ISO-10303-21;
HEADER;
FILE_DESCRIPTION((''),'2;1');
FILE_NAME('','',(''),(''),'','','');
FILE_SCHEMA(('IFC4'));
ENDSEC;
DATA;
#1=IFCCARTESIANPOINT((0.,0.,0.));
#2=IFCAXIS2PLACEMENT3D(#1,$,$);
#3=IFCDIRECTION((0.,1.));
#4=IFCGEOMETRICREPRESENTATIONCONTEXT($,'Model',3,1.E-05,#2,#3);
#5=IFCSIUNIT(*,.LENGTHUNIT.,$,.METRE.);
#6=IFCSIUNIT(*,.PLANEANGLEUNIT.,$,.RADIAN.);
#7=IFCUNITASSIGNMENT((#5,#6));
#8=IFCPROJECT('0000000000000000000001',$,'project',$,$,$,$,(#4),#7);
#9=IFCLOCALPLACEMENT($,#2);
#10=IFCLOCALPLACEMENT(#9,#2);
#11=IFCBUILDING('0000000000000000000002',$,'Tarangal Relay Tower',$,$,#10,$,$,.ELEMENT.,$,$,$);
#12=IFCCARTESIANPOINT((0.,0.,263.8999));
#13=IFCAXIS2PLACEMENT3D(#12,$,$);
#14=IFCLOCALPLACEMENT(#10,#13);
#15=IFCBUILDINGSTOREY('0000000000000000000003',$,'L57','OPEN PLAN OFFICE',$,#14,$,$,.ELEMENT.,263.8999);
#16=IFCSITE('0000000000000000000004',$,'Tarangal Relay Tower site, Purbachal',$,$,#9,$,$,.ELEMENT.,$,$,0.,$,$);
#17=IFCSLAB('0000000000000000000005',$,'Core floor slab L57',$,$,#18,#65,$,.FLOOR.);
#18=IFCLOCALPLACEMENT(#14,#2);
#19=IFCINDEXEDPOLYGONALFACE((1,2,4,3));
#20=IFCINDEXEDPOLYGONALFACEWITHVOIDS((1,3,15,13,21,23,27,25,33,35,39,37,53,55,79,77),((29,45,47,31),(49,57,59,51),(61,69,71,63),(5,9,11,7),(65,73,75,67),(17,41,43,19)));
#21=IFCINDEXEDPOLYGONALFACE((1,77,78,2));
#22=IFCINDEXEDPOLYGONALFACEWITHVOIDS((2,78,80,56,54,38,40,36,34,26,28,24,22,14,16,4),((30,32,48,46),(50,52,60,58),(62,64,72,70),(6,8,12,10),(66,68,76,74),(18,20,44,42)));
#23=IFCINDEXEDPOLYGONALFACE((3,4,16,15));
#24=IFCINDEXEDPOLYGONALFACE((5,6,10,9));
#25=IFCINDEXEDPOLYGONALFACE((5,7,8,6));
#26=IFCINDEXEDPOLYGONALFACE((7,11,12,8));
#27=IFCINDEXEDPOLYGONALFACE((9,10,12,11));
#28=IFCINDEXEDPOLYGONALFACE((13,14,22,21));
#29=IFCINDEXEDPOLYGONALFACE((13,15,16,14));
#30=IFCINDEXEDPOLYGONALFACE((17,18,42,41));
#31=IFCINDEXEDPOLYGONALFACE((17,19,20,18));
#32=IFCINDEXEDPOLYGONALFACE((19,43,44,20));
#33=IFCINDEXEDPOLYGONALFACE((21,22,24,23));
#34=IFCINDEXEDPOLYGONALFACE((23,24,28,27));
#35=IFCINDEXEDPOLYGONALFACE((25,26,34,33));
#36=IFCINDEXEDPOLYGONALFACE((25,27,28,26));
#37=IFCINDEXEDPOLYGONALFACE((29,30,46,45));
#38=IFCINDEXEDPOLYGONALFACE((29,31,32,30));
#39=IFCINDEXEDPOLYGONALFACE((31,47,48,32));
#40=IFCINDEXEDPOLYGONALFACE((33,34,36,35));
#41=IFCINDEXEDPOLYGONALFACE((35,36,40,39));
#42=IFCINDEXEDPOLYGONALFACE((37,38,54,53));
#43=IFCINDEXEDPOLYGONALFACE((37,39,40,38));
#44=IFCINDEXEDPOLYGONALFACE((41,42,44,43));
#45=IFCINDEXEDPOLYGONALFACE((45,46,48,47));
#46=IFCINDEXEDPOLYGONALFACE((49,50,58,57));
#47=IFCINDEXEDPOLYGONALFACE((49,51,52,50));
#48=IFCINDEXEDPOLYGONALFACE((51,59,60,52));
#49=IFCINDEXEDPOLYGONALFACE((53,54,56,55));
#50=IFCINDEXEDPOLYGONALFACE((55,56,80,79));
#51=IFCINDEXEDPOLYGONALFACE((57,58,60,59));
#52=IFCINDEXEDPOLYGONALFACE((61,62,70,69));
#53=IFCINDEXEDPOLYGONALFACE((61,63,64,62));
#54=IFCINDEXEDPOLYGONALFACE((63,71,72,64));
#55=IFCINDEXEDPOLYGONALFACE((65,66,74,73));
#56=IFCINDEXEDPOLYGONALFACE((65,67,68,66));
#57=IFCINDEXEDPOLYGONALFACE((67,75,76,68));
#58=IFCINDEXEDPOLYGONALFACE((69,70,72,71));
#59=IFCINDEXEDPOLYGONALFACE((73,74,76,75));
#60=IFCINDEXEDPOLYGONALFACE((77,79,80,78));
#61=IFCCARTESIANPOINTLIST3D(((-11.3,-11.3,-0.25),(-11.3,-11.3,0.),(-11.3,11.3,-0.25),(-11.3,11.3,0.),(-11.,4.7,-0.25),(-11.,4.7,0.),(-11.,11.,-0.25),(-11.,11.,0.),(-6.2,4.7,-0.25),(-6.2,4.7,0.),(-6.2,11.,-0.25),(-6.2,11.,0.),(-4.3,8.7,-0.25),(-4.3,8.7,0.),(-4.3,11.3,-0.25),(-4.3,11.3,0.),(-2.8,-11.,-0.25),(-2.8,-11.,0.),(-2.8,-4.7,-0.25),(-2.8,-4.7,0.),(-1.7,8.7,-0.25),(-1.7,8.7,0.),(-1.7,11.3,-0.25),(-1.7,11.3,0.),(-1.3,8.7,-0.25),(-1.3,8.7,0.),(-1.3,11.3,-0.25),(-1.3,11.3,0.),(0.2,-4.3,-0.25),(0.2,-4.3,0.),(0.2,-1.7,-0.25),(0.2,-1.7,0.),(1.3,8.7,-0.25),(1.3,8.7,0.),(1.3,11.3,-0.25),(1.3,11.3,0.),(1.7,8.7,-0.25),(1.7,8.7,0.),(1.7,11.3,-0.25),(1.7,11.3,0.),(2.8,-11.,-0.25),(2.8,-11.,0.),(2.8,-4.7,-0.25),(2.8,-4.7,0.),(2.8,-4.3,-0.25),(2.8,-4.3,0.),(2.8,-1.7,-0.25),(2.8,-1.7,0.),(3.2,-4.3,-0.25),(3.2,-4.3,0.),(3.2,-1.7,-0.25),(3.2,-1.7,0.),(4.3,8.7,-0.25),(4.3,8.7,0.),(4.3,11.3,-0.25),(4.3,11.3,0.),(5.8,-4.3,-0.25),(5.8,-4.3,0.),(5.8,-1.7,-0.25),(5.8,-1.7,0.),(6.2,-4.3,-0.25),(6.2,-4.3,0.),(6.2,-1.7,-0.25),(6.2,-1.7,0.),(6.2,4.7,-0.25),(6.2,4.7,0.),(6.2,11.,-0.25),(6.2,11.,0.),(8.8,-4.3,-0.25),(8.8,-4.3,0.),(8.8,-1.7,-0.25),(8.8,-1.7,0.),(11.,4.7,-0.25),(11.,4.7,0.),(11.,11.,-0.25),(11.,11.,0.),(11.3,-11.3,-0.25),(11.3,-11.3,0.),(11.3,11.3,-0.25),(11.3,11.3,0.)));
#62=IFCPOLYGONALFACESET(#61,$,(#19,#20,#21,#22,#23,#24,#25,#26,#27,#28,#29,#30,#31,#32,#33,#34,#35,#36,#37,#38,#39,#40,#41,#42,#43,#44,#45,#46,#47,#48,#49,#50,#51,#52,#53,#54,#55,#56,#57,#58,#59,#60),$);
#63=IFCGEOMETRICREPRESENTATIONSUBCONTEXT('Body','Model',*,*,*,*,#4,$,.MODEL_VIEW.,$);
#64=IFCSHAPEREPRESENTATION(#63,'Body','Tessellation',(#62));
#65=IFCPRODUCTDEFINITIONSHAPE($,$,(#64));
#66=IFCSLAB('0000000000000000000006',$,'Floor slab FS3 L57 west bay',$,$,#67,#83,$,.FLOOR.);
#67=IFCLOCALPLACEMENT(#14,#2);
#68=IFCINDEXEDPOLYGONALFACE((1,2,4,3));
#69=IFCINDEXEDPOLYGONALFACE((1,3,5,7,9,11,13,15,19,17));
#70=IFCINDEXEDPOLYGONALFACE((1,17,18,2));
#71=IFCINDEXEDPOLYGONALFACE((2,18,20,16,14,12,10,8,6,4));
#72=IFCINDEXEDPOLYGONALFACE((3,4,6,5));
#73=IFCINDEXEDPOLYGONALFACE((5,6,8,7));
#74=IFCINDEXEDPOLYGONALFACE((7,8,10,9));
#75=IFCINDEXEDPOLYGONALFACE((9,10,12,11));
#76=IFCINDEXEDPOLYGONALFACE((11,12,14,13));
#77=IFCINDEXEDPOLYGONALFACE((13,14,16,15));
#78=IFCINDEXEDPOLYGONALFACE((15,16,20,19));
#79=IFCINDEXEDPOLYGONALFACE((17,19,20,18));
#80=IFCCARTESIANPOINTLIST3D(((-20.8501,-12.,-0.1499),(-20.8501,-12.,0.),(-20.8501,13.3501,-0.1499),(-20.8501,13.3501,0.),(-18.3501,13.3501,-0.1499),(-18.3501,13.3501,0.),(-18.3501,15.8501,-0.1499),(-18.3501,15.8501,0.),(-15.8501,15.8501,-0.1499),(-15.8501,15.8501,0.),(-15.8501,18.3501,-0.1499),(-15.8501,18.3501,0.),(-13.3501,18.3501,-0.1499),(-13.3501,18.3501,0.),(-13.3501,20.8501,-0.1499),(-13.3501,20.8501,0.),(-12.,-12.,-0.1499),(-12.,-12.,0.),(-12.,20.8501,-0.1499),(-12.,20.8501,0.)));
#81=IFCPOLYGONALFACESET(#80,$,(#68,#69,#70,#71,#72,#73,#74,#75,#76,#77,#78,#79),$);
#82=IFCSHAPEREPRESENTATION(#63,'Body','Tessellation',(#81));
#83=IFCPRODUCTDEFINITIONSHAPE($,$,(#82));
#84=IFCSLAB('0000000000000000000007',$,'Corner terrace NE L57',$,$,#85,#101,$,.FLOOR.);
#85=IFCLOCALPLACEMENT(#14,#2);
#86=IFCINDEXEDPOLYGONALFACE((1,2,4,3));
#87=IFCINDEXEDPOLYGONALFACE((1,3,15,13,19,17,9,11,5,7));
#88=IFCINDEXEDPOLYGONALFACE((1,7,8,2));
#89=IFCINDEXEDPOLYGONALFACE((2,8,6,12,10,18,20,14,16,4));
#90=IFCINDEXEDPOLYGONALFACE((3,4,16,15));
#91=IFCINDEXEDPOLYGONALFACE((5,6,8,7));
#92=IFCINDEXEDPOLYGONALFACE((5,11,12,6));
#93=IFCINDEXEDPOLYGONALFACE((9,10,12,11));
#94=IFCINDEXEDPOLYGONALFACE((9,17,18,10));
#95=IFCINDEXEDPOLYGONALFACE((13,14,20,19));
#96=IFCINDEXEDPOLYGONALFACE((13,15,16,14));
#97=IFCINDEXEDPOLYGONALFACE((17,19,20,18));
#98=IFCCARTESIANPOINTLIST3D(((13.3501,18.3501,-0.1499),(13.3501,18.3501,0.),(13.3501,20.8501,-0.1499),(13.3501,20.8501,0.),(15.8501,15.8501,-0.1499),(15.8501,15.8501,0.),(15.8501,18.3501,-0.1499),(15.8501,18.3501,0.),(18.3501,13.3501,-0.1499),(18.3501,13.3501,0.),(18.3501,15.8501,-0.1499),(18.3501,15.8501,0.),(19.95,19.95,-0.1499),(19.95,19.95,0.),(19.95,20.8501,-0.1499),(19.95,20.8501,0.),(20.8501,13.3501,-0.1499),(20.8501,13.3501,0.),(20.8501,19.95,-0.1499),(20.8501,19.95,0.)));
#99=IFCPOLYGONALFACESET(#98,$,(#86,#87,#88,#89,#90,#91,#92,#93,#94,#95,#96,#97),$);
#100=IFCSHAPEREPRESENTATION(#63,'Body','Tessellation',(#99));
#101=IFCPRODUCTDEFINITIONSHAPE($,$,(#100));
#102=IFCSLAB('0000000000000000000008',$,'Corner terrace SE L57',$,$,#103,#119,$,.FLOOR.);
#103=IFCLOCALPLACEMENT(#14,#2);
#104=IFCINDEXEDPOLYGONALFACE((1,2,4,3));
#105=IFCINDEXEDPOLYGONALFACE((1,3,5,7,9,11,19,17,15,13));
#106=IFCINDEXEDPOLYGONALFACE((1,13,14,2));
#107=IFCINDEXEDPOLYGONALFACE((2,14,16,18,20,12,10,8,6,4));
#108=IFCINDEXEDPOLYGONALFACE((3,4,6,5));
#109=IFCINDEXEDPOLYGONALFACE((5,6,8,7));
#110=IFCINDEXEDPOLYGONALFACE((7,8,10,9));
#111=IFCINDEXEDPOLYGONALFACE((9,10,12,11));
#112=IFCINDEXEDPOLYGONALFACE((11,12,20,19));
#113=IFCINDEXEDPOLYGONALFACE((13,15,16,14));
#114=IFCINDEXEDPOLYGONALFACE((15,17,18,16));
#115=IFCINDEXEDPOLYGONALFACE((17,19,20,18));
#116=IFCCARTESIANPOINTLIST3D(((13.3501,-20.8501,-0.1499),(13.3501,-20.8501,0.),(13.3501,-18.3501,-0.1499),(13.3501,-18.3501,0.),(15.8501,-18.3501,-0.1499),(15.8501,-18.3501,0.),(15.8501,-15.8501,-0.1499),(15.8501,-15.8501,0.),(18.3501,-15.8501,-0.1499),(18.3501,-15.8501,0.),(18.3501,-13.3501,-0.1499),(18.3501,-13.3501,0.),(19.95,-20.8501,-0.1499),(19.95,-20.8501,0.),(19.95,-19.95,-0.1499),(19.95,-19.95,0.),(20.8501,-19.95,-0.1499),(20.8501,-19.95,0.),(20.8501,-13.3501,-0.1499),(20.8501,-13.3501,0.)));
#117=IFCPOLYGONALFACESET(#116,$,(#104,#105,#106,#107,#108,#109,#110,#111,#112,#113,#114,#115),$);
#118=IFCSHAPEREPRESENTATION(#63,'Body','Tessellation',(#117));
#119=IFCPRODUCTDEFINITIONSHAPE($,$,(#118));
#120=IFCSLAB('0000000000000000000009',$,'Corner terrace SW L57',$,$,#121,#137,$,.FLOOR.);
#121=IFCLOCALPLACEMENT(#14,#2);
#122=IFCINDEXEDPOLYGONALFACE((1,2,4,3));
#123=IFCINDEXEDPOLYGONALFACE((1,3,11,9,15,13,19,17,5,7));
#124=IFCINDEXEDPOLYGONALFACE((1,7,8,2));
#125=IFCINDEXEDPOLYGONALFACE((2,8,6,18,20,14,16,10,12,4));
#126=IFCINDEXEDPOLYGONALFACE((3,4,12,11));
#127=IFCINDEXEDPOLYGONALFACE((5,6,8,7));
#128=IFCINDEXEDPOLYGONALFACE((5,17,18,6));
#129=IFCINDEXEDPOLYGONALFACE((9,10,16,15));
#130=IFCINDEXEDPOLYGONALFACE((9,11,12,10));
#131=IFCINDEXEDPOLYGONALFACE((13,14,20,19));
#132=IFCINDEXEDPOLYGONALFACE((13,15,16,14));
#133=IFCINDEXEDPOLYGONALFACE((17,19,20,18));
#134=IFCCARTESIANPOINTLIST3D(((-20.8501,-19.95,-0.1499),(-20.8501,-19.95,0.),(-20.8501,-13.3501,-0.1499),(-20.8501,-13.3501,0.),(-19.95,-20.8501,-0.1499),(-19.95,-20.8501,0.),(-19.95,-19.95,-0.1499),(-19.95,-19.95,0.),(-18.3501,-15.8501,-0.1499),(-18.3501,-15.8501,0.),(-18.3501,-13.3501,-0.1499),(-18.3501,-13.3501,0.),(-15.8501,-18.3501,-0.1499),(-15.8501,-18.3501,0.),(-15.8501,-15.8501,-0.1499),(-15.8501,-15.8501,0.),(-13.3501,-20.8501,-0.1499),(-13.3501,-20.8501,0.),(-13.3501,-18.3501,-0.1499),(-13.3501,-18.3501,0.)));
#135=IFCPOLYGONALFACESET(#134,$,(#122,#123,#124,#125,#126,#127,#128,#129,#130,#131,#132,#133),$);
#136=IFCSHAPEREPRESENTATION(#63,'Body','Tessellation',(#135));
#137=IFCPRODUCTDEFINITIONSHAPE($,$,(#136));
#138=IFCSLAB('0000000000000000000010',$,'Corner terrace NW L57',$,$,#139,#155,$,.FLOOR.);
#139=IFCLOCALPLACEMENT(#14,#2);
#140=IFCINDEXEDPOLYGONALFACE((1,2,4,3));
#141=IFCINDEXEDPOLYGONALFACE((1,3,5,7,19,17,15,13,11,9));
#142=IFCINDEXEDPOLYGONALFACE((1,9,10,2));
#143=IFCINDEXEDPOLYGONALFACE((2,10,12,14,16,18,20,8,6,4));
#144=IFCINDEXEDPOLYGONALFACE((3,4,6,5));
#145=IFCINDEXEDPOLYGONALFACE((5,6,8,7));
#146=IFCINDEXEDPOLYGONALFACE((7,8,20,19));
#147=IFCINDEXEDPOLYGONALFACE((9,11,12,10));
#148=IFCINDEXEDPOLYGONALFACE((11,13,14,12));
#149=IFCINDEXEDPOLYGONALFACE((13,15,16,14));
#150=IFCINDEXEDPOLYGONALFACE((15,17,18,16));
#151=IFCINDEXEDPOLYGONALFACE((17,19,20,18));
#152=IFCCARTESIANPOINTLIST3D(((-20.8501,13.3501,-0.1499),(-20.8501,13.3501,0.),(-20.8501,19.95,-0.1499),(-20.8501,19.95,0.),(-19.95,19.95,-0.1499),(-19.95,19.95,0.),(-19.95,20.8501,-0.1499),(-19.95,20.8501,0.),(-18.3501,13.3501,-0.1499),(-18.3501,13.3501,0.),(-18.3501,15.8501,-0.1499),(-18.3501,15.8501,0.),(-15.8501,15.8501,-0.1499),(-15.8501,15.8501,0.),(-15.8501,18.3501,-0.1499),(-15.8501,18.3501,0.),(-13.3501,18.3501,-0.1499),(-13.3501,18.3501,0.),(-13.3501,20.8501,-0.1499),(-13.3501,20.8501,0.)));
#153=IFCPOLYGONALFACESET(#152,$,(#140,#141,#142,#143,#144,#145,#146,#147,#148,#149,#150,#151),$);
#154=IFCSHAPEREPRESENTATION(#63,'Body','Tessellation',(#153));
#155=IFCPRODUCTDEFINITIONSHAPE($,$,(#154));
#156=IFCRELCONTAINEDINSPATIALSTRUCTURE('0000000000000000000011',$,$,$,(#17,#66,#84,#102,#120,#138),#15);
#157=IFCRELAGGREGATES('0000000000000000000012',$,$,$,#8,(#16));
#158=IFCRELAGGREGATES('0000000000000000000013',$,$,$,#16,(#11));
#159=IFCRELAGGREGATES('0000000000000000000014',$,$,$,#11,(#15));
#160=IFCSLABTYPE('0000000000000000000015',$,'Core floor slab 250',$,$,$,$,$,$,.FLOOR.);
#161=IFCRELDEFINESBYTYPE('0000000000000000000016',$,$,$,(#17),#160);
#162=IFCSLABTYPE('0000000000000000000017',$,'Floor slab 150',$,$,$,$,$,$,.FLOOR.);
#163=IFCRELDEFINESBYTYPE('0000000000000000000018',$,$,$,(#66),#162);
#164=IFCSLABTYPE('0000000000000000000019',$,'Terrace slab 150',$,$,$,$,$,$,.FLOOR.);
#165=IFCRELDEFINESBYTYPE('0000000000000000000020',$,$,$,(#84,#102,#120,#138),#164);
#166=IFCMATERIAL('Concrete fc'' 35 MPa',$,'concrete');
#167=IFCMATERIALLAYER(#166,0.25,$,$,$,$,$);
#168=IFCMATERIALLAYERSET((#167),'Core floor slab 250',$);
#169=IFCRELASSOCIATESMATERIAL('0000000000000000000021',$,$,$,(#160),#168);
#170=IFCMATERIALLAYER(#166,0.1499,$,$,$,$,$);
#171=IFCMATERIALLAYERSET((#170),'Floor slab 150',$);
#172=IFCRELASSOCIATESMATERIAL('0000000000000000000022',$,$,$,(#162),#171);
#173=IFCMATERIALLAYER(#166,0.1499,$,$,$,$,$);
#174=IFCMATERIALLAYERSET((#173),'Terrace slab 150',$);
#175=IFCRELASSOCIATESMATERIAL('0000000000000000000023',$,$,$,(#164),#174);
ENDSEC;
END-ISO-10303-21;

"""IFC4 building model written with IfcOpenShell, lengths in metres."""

from ifc_helpers import new_model, si_unit, direction, frame, origin, place, context, subcontext, project, spatial, polyline, outline, extrude, material, layer, layer_set, type_object, element, save


model = new_model("IFC4")

# Units and contexts
model_context = context("Model", 3, precision=1e-05, world=origin(), true_north=direction((0.0, 1.0)))
body_context = subcontext(model_context, "Body", "Model", "MODEL_VIEW")
ifc_project = project(units=[si_unit("LENGTHUNIT", "METRE"), si_unit("PLANEANGLEUNIT", "RADIAN")], contexts=[model_context])

# Site, building, storey
site_placement = place(None, origin())
site = spatial("IfcSite", under=ifc_project, at=site_placement, Name="Tarangal Relay Tower site, Purbachal", CompositionType="ELEMENT", RefElevation=0.0)
building_placement = place(site_placement, origin())
building = spatial("IfcBuilding", under=site, at=building_placement, Name="Tarangal Relay Tower", CompositionType="ELEMENT")
storey_placement = place(building_placement, frame((0.0, 0.0, 263.8999)))
storey = spatial("IfcBuildingStorey", under=building, at=storey_placement, Name="L57", Description="OPEN PLAN OFFICE", CompositionType="ELEMENT", Elevation=263.8999)

# Slabs
ifc_material_1 = material(Name="Concrete fc' 35 MPa", Category="concrete")
ifc_layer_1 = layer(ifc_material_1, 0.25)
ifc_layer_set_1 = layer_set([ifc_layer_1], Name="Core floor slab 250")
slab_type_1 = type_object("IfcSlabType", Name="Core floor slab 250", PredefinedType="FLOOR", material=ifc_layer_set_1)
slab_1_placement = place(storey_placement, frame((0.0, 0.0, -0.25)))
element("IfcSlab", 1, at=slab_1_placement, inside=storey, type_object=slab_type_1, Name="Core floor slab L57", PredefinedType="FLOOR", context=body_context, shape_type="SweptSolid", body=[
    extrude(outline(polyline([(11.3, 11.3), (11.3, -11.3), (-11.3, -11.3), (-11.3, 11.3), (-4.3, 11.3), (-4.3, 8.7), (-1.7, 8.7), (-1.7, 11.3), (-1.3, 11.3), (-1.3, 8.7), (1.3, 8.7), (1.3, 11.3), (1.7, 11.3), (1.7, 8.7), (4.3, 8.7), (4.3, 11.3), (11.3, 11.3)]), holes=[polyline([(2.8, -4.7), (-2.8, -4.7), (-2.8, -11.0), (2.8, -11.0), (2.8, -4.7)]), polyline([(2.8, -1.7), (0.2, -1.7), (0.2, -4.3), (2.8, -4.3), (2.8, -1.7)]), polyline([(5.8, -1.7), (3.2, -1.7), (3.2, -4.3), (5.8, -4.3), (5.8, -1.7)]), polyline([(8.8, -1.7), (6.2, -1.7), (6.2, -4.3), (8.8, -4.3), (8.8, -1.7)]), polyline([(-6.2, 11.0), (-11.0, 11.0), (-11.0, 4.7), (-6.2, 4.7), (-6.2, 11.0)]), polyline([(11.0, 11.0), (6.2, 11.0), (6.2, 4.7), (11.0, 4.7), (11.0, 11.0)])]), origin(), (0.0, 0.0, 1.0), 0.25),
])
ifc_layer_2 = layer(ifc_material_1, 0.1499)
ifc_layer_set_2 = layer_set([ifc_layer_2], Name="Floor slab 150")
slab_type_2 = type_object("IfcSlabType", Name="Floor slab 150", PredefinedType="FLOOR", material=ifc_layer_set_2)
slab_2_placement = place(storey_placement, frame((0.0, 0.0, -0.1499)))
element("IfcSlab", 2, at=slab_2_placement, inside=storey, type_object=slab_type_2, Name="Floor slab FS3 L57 west bay", PredefinedType="FLOOR", context=body_context, shape_type="SweptSolid", body=[
    extrude(outline(polyline([(-12.0, 20.8501), (-12.0, -12.0), (-20.8501, -12.0), (-20.8501, 13.3501), (-18.3501, 13.3501), (-18.3501, 15.8501), (-15.8501, 15.8501), (-15.8501, 18.3501), (-13.3501, 18.3501), (-13.3501, 20.8501), (-12.0, 20.8501)])), origin(), (0.0, 0.0, 1.0), 0.1499),
])
ifc_layer_3 = layer(ifc_material_1, 0.1499)
ifc_layer_set_3 = layer_set([ifc_layer_3], Name="Terrace slab 150")
slab_type_3 = type_object("IfcSlabType", Name="Terrace slab 150", PredefinedType="FLOOR", material=ifc_layer_set_3)
slab_3_placement = place(storey_placement, frame((0.0, 0.0, -0.1499)))
element("IfcSlab", 3, at=slab_3_placement, inside=storey, type_object=slab_type_3, Name="Corner terrace NE L57", PredefinedType="FLOOR", context=body_context, shape_type="SweptSolid", body=[
    extrude(outline(polyline([(13.3501, 20.8501), (13.3501, 18.3501), (15.8501, 18.3501), (15.8501, 15.8501), (18.3501, 15.8501), (18.3501, 13.3501), (20.8501, 13.3501), (20.8501, 19.95), (19.95, 19.95), (19.95, 20.8501), (13.3501, 20.8501)])), origin(), (0.0, 0.0, 1.0), 0.1499),
])
slab_4_placement = place(storey_placement, frame((0.0, 0.0, -0.1499)))
element("IfcSlab", 4, at=slab_4_placement, inside=storey, type_object=slab_type_3, Name="Corner terrace SE L57", PredefinedType="FLOOR", context=body_context, shape_type="SweptSolid", body=[
    extrude(outline(polyline([(20.8501, -13.3501), (18.3501, -13.3501), (18.3501, -15.8501), (15.8501, -15.8501), (15.8501, -18.3501), (13.3501, -18.3501), (13.3501, -20.8501), (19.95, -20.8501), (19.95, -19.95), (20.8501, -19.95), (20.8501, -13.3501)])), origin(), (0.0, 0.0, 1.0), 0.1499),
])
slab_5_placement = place(storey_placement, frame((0.0, 0.0, -0.1499)))
element("IfcSlab", 5, at=slab_5_placement, inside=storey, type_object=slab_type_3, Name="Corner terrace SW L57", PredefinedType="FLOOR", context=body_context, shape_type="SweptSolid", body=[
    extrude(outline(polyline([(-13.3501, -20.8501), (-13.3501, -18.3501), (-15.8501, -18.3501), (-15.8501, -15.8501), (-18.3501, -15.8501), (-18.3501, -13.3501), (-20.8501, -13.3501), (-20.8501, -19.95), (-19.95, -19.95), (-19.95, -20.8501), (-13.3501, -20.8501)])), origin(), (0.0, 0.0, 1.0), 0.1499),
])
slab_6_placement = place(storey_placement, frame((0.0, 0.0, -0.1499)))
element("IfcSlab", 6, at=slab_6_placement, inside=storey, type_object=slab_type_3, Name="Corner terrace NW L57", PredefinedType="FLOOR", context=body_context, shape_type="SweptSolid", body=[
    extrude(outline(polyline([(-20.8501, 13.3501), (-18.3501, 13.3501), (-18.3501, 15.8501), (-15.8501, 15.8501), (-15.8501, 18.3501), (-13.3501, 18.3501), (-13.3501, 20.8501), (-19.95, 20.8501), (-19.95, 19.95), (-20.8501, 19.95), (-20.8501, 13.3501)])), origin(), (0.0, 0.0, 1.0), 0.1499),
])

save(model, "model.ifc")
